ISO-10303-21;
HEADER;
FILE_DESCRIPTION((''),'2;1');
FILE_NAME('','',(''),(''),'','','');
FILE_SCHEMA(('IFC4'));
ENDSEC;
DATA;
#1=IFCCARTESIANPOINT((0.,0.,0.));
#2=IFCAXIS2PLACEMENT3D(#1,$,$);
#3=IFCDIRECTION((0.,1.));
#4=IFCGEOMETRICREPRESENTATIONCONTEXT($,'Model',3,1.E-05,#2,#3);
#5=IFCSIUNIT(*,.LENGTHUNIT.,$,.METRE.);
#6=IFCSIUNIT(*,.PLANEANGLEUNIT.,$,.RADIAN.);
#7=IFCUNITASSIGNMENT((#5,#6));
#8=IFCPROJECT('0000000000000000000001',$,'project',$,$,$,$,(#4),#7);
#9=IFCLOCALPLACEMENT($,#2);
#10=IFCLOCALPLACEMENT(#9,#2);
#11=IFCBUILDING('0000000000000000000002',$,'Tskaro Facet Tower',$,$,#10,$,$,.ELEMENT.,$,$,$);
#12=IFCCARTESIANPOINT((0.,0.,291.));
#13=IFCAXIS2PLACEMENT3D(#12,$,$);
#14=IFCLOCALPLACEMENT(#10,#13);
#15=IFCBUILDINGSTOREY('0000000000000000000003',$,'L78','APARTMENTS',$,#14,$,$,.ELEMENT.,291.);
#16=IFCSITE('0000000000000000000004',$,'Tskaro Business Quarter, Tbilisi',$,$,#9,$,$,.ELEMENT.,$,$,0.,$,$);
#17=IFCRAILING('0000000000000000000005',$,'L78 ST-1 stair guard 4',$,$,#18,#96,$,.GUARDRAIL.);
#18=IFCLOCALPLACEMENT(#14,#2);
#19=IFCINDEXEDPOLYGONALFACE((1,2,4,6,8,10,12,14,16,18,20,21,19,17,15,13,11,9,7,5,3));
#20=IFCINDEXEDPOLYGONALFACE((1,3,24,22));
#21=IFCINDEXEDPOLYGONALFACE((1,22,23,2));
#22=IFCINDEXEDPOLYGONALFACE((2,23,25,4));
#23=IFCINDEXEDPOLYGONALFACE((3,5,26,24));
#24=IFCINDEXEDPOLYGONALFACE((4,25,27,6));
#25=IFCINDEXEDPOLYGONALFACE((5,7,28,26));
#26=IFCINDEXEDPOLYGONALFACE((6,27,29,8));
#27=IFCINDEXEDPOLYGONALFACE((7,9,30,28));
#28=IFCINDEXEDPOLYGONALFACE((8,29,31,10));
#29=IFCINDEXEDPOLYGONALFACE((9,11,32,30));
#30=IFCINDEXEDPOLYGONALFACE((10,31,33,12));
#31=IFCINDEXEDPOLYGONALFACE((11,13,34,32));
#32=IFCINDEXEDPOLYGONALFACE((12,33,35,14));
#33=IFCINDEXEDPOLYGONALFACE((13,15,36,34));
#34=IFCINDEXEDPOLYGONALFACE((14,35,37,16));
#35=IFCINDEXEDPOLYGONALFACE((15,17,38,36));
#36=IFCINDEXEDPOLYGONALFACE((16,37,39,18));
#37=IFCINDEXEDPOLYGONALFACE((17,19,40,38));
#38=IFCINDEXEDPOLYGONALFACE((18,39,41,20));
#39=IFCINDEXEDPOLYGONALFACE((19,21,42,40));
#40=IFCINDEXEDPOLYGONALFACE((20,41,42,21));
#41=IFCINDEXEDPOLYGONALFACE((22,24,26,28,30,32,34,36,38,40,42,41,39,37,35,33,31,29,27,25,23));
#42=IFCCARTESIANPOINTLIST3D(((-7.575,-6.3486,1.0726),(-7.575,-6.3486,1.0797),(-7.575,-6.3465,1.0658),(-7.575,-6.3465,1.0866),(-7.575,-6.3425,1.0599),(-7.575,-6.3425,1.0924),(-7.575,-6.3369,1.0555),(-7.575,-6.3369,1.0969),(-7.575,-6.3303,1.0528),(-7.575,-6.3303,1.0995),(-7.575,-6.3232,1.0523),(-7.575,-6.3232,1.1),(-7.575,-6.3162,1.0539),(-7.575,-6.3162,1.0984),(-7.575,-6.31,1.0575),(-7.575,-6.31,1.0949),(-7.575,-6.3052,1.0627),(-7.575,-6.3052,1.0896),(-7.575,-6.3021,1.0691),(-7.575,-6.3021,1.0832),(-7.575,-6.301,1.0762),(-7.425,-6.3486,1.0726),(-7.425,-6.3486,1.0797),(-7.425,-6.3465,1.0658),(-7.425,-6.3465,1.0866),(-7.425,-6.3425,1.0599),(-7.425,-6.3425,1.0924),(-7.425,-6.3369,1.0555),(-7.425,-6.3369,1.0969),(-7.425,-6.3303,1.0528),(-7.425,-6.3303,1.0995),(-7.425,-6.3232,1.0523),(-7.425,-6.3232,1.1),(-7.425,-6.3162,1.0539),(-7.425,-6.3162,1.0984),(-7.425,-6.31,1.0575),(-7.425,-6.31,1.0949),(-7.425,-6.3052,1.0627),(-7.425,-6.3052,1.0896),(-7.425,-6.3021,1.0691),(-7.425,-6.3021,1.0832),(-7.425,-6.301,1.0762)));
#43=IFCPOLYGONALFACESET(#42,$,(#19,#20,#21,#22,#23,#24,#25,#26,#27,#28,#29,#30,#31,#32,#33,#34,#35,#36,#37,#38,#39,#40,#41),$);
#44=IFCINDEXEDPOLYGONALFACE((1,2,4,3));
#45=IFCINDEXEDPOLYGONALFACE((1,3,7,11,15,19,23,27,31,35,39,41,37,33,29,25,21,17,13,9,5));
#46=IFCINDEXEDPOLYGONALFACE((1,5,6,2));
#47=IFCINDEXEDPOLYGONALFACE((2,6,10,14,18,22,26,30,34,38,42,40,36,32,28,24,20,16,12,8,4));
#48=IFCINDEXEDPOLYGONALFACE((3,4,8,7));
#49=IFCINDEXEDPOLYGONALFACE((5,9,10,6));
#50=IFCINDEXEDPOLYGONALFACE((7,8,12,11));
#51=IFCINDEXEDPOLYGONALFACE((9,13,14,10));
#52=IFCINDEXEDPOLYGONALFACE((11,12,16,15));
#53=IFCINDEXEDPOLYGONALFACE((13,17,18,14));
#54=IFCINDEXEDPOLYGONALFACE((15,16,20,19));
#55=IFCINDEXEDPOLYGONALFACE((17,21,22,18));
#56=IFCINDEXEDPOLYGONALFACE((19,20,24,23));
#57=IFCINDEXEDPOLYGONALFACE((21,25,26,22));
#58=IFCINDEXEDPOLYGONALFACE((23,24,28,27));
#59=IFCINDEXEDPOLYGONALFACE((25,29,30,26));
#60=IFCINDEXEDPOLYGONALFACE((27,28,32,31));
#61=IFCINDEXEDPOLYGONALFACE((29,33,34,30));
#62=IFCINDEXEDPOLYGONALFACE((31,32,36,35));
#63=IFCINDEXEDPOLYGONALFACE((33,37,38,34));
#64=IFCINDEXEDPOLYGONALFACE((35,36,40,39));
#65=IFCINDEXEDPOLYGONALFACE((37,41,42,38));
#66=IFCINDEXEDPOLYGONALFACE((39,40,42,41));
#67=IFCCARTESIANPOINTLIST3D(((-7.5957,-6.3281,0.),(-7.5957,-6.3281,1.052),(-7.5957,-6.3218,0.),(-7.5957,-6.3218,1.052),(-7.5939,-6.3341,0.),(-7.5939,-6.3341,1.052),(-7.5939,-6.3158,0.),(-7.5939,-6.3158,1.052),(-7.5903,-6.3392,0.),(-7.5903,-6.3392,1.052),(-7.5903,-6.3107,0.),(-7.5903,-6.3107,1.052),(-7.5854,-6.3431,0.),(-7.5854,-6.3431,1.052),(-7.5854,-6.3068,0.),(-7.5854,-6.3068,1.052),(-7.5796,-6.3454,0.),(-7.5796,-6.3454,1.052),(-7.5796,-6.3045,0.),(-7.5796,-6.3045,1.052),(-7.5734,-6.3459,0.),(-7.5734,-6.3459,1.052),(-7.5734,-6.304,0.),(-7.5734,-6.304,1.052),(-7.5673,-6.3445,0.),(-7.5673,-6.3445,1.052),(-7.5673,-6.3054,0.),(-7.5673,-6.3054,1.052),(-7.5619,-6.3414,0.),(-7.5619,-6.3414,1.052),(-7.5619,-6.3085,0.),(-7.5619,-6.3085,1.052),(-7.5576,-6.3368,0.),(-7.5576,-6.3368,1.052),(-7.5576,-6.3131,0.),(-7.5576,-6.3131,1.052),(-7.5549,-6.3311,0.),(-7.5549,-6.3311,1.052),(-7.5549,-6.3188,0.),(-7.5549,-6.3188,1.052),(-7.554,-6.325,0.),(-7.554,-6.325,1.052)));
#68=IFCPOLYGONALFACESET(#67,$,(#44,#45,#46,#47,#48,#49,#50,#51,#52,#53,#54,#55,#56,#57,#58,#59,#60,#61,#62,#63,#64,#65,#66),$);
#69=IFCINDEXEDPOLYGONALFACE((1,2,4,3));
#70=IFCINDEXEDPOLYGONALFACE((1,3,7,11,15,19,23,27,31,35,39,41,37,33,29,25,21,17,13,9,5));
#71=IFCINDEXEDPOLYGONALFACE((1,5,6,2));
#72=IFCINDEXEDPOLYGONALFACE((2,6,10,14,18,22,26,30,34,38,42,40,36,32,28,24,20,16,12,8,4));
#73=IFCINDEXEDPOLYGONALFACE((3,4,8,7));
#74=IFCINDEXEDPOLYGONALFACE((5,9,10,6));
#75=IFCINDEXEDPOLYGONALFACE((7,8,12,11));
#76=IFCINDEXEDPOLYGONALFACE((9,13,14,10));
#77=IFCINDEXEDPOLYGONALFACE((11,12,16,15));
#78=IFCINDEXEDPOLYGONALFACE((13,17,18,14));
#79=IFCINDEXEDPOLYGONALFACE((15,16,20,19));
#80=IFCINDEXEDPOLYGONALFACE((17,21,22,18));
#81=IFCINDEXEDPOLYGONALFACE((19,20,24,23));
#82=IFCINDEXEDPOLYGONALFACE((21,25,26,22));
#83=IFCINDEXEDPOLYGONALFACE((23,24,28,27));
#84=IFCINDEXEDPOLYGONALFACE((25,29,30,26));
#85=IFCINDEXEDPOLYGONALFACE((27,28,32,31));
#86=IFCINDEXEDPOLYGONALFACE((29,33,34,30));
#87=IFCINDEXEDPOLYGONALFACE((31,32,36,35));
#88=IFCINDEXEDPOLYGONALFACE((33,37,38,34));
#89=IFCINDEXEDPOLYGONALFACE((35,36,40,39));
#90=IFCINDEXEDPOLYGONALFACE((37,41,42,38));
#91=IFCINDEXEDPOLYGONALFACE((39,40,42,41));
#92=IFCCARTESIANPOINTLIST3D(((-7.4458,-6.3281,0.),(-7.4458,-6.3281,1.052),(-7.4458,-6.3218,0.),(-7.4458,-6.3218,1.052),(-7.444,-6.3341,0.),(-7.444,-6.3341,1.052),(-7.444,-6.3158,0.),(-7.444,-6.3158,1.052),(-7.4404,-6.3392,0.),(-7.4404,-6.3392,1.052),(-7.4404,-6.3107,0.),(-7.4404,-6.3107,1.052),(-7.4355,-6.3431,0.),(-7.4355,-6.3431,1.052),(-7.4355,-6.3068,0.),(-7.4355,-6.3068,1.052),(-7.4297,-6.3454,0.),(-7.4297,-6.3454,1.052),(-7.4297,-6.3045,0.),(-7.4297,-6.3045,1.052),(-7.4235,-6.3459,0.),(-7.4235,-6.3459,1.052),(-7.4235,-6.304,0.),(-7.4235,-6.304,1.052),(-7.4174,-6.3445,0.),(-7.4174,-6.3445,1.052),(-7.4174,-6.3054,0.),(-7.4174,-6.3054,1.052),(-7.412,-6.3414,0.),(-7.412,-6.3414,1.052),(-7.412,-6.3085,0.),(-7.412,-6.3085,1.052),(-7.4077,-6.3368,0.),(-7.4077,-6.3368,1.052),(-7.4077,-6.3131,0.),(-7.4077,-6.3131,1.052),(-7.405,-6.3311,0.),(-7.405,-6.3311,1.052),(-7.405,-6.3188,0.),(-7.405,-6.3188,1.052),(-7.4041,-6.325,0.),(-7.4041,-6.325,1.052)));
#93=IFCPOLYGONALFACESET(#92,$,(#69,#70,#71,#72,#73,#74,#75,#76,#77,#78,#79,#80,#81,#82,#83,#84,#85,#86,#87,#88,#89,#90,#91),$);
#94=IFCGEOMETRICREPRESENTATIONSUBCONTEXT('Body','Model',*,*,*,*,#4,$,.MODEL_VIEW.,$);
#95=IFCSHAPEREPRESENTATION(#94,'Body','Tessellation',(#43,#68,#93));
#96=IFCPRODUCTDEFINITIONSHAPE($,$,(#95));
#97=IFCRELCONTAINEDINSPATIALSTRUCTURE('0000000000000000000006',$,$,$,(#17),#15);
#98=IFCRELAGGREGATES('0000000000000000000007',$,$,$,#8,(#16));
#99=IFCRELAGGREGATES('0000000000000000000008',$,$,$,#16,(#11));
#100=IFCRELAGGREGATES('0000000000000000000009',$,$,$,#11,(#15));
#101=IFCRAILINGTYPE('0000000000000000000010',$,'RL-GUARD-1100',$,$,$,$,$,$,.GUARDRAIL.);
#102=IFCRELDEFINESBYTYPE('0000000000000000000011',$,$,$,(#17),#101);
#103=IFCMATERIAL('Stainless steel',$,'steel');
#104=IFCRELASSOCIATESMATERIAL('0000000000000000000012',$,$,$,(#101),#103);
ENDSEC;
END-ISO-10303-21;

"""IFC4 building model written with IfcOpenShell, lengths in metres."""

from ifc_helpers import new_model, si_unit, direction, frame, origin, origin_2d, place, context, subcontext, project, spatial, circle, extrude, material, type_object, element, save


model = new_model("IFC4")

# Units and contexts
model_context = context("Model", 3, precision=1e-05, world=origin(), true_north=direction((0.0, 1.0)))
body_context = subcontext(model_context, "Body", "Model", "MODEL_VIEW")
ifc_project = project(units=[si_unit("LENGTHUNIT", "METRE"), si_unit("PLANEANGLEUNIT", "RADIAN")], contexts=[model_context])

# Site, building, storey
site_placement = place(None, origin())
site = spatial("IfcSite", under=ifc_project, at=site_placement, Name="Tskaro Business Quarter, Tbilisi", CompositionType="ELEMENT", RefElevation=0.0)
building_placement = place(site_placement, origin())
building = spatial("IfcBuilding", under=site, at=building_placement, Name="Tskaro Facet Tower", CompositionType="ELEMENT")
storey_placement = place(building_placement, frame((0.0, 0.0, 291.0)))
storey = spatial("IfcBuildingStorey", under=building, at=storey_placement, Name="L78", Description="APARTMENTS", CompositionType="ELEMENT", Elevation=291.0)

# Shared definitions
ifc_material_1 = material(Name="Stainless steel", Category="steel")

# Railing
railing_type_1 = type_object("IfcRailingType", Name="RL-GUARD-1100", PredefinedType="GUARDRAIL", material=ifc_material_1)
railing_1_placement = place(storey_placement, frame((-7.575, -6.325, 0.0)))
element("IfcRailing", 1, at=railing_1_placement, inside=storey, type_object=railing_type_1, Name="L78 ST-1 stair guard 4", PredefinedType="GUARDRAIL", context=body_context, shape_type="SweptSolid", body=[
    extrude(circle(Radius=0.0239, at=origin_2d()), frame((0.0, 0.0, 1.0762), z_axis=(1.0, 0.0, 0.0), x_axis=(0.0, 1.0, 0.0)), (0.0, 0.0, 1.0), 0.1499),
    extrude(circle(Radius=0.021, at=origin_2d()), origin(), (0.0, 0.0, 1.0), 1.052),
    extrude(circle(Radius=0.021, at=origin_2d()), frame((0.1499, 0.0, 0.0)), (0.0, 0.0, 1.0), 1.052),
])

save(model, "model.ifc")
